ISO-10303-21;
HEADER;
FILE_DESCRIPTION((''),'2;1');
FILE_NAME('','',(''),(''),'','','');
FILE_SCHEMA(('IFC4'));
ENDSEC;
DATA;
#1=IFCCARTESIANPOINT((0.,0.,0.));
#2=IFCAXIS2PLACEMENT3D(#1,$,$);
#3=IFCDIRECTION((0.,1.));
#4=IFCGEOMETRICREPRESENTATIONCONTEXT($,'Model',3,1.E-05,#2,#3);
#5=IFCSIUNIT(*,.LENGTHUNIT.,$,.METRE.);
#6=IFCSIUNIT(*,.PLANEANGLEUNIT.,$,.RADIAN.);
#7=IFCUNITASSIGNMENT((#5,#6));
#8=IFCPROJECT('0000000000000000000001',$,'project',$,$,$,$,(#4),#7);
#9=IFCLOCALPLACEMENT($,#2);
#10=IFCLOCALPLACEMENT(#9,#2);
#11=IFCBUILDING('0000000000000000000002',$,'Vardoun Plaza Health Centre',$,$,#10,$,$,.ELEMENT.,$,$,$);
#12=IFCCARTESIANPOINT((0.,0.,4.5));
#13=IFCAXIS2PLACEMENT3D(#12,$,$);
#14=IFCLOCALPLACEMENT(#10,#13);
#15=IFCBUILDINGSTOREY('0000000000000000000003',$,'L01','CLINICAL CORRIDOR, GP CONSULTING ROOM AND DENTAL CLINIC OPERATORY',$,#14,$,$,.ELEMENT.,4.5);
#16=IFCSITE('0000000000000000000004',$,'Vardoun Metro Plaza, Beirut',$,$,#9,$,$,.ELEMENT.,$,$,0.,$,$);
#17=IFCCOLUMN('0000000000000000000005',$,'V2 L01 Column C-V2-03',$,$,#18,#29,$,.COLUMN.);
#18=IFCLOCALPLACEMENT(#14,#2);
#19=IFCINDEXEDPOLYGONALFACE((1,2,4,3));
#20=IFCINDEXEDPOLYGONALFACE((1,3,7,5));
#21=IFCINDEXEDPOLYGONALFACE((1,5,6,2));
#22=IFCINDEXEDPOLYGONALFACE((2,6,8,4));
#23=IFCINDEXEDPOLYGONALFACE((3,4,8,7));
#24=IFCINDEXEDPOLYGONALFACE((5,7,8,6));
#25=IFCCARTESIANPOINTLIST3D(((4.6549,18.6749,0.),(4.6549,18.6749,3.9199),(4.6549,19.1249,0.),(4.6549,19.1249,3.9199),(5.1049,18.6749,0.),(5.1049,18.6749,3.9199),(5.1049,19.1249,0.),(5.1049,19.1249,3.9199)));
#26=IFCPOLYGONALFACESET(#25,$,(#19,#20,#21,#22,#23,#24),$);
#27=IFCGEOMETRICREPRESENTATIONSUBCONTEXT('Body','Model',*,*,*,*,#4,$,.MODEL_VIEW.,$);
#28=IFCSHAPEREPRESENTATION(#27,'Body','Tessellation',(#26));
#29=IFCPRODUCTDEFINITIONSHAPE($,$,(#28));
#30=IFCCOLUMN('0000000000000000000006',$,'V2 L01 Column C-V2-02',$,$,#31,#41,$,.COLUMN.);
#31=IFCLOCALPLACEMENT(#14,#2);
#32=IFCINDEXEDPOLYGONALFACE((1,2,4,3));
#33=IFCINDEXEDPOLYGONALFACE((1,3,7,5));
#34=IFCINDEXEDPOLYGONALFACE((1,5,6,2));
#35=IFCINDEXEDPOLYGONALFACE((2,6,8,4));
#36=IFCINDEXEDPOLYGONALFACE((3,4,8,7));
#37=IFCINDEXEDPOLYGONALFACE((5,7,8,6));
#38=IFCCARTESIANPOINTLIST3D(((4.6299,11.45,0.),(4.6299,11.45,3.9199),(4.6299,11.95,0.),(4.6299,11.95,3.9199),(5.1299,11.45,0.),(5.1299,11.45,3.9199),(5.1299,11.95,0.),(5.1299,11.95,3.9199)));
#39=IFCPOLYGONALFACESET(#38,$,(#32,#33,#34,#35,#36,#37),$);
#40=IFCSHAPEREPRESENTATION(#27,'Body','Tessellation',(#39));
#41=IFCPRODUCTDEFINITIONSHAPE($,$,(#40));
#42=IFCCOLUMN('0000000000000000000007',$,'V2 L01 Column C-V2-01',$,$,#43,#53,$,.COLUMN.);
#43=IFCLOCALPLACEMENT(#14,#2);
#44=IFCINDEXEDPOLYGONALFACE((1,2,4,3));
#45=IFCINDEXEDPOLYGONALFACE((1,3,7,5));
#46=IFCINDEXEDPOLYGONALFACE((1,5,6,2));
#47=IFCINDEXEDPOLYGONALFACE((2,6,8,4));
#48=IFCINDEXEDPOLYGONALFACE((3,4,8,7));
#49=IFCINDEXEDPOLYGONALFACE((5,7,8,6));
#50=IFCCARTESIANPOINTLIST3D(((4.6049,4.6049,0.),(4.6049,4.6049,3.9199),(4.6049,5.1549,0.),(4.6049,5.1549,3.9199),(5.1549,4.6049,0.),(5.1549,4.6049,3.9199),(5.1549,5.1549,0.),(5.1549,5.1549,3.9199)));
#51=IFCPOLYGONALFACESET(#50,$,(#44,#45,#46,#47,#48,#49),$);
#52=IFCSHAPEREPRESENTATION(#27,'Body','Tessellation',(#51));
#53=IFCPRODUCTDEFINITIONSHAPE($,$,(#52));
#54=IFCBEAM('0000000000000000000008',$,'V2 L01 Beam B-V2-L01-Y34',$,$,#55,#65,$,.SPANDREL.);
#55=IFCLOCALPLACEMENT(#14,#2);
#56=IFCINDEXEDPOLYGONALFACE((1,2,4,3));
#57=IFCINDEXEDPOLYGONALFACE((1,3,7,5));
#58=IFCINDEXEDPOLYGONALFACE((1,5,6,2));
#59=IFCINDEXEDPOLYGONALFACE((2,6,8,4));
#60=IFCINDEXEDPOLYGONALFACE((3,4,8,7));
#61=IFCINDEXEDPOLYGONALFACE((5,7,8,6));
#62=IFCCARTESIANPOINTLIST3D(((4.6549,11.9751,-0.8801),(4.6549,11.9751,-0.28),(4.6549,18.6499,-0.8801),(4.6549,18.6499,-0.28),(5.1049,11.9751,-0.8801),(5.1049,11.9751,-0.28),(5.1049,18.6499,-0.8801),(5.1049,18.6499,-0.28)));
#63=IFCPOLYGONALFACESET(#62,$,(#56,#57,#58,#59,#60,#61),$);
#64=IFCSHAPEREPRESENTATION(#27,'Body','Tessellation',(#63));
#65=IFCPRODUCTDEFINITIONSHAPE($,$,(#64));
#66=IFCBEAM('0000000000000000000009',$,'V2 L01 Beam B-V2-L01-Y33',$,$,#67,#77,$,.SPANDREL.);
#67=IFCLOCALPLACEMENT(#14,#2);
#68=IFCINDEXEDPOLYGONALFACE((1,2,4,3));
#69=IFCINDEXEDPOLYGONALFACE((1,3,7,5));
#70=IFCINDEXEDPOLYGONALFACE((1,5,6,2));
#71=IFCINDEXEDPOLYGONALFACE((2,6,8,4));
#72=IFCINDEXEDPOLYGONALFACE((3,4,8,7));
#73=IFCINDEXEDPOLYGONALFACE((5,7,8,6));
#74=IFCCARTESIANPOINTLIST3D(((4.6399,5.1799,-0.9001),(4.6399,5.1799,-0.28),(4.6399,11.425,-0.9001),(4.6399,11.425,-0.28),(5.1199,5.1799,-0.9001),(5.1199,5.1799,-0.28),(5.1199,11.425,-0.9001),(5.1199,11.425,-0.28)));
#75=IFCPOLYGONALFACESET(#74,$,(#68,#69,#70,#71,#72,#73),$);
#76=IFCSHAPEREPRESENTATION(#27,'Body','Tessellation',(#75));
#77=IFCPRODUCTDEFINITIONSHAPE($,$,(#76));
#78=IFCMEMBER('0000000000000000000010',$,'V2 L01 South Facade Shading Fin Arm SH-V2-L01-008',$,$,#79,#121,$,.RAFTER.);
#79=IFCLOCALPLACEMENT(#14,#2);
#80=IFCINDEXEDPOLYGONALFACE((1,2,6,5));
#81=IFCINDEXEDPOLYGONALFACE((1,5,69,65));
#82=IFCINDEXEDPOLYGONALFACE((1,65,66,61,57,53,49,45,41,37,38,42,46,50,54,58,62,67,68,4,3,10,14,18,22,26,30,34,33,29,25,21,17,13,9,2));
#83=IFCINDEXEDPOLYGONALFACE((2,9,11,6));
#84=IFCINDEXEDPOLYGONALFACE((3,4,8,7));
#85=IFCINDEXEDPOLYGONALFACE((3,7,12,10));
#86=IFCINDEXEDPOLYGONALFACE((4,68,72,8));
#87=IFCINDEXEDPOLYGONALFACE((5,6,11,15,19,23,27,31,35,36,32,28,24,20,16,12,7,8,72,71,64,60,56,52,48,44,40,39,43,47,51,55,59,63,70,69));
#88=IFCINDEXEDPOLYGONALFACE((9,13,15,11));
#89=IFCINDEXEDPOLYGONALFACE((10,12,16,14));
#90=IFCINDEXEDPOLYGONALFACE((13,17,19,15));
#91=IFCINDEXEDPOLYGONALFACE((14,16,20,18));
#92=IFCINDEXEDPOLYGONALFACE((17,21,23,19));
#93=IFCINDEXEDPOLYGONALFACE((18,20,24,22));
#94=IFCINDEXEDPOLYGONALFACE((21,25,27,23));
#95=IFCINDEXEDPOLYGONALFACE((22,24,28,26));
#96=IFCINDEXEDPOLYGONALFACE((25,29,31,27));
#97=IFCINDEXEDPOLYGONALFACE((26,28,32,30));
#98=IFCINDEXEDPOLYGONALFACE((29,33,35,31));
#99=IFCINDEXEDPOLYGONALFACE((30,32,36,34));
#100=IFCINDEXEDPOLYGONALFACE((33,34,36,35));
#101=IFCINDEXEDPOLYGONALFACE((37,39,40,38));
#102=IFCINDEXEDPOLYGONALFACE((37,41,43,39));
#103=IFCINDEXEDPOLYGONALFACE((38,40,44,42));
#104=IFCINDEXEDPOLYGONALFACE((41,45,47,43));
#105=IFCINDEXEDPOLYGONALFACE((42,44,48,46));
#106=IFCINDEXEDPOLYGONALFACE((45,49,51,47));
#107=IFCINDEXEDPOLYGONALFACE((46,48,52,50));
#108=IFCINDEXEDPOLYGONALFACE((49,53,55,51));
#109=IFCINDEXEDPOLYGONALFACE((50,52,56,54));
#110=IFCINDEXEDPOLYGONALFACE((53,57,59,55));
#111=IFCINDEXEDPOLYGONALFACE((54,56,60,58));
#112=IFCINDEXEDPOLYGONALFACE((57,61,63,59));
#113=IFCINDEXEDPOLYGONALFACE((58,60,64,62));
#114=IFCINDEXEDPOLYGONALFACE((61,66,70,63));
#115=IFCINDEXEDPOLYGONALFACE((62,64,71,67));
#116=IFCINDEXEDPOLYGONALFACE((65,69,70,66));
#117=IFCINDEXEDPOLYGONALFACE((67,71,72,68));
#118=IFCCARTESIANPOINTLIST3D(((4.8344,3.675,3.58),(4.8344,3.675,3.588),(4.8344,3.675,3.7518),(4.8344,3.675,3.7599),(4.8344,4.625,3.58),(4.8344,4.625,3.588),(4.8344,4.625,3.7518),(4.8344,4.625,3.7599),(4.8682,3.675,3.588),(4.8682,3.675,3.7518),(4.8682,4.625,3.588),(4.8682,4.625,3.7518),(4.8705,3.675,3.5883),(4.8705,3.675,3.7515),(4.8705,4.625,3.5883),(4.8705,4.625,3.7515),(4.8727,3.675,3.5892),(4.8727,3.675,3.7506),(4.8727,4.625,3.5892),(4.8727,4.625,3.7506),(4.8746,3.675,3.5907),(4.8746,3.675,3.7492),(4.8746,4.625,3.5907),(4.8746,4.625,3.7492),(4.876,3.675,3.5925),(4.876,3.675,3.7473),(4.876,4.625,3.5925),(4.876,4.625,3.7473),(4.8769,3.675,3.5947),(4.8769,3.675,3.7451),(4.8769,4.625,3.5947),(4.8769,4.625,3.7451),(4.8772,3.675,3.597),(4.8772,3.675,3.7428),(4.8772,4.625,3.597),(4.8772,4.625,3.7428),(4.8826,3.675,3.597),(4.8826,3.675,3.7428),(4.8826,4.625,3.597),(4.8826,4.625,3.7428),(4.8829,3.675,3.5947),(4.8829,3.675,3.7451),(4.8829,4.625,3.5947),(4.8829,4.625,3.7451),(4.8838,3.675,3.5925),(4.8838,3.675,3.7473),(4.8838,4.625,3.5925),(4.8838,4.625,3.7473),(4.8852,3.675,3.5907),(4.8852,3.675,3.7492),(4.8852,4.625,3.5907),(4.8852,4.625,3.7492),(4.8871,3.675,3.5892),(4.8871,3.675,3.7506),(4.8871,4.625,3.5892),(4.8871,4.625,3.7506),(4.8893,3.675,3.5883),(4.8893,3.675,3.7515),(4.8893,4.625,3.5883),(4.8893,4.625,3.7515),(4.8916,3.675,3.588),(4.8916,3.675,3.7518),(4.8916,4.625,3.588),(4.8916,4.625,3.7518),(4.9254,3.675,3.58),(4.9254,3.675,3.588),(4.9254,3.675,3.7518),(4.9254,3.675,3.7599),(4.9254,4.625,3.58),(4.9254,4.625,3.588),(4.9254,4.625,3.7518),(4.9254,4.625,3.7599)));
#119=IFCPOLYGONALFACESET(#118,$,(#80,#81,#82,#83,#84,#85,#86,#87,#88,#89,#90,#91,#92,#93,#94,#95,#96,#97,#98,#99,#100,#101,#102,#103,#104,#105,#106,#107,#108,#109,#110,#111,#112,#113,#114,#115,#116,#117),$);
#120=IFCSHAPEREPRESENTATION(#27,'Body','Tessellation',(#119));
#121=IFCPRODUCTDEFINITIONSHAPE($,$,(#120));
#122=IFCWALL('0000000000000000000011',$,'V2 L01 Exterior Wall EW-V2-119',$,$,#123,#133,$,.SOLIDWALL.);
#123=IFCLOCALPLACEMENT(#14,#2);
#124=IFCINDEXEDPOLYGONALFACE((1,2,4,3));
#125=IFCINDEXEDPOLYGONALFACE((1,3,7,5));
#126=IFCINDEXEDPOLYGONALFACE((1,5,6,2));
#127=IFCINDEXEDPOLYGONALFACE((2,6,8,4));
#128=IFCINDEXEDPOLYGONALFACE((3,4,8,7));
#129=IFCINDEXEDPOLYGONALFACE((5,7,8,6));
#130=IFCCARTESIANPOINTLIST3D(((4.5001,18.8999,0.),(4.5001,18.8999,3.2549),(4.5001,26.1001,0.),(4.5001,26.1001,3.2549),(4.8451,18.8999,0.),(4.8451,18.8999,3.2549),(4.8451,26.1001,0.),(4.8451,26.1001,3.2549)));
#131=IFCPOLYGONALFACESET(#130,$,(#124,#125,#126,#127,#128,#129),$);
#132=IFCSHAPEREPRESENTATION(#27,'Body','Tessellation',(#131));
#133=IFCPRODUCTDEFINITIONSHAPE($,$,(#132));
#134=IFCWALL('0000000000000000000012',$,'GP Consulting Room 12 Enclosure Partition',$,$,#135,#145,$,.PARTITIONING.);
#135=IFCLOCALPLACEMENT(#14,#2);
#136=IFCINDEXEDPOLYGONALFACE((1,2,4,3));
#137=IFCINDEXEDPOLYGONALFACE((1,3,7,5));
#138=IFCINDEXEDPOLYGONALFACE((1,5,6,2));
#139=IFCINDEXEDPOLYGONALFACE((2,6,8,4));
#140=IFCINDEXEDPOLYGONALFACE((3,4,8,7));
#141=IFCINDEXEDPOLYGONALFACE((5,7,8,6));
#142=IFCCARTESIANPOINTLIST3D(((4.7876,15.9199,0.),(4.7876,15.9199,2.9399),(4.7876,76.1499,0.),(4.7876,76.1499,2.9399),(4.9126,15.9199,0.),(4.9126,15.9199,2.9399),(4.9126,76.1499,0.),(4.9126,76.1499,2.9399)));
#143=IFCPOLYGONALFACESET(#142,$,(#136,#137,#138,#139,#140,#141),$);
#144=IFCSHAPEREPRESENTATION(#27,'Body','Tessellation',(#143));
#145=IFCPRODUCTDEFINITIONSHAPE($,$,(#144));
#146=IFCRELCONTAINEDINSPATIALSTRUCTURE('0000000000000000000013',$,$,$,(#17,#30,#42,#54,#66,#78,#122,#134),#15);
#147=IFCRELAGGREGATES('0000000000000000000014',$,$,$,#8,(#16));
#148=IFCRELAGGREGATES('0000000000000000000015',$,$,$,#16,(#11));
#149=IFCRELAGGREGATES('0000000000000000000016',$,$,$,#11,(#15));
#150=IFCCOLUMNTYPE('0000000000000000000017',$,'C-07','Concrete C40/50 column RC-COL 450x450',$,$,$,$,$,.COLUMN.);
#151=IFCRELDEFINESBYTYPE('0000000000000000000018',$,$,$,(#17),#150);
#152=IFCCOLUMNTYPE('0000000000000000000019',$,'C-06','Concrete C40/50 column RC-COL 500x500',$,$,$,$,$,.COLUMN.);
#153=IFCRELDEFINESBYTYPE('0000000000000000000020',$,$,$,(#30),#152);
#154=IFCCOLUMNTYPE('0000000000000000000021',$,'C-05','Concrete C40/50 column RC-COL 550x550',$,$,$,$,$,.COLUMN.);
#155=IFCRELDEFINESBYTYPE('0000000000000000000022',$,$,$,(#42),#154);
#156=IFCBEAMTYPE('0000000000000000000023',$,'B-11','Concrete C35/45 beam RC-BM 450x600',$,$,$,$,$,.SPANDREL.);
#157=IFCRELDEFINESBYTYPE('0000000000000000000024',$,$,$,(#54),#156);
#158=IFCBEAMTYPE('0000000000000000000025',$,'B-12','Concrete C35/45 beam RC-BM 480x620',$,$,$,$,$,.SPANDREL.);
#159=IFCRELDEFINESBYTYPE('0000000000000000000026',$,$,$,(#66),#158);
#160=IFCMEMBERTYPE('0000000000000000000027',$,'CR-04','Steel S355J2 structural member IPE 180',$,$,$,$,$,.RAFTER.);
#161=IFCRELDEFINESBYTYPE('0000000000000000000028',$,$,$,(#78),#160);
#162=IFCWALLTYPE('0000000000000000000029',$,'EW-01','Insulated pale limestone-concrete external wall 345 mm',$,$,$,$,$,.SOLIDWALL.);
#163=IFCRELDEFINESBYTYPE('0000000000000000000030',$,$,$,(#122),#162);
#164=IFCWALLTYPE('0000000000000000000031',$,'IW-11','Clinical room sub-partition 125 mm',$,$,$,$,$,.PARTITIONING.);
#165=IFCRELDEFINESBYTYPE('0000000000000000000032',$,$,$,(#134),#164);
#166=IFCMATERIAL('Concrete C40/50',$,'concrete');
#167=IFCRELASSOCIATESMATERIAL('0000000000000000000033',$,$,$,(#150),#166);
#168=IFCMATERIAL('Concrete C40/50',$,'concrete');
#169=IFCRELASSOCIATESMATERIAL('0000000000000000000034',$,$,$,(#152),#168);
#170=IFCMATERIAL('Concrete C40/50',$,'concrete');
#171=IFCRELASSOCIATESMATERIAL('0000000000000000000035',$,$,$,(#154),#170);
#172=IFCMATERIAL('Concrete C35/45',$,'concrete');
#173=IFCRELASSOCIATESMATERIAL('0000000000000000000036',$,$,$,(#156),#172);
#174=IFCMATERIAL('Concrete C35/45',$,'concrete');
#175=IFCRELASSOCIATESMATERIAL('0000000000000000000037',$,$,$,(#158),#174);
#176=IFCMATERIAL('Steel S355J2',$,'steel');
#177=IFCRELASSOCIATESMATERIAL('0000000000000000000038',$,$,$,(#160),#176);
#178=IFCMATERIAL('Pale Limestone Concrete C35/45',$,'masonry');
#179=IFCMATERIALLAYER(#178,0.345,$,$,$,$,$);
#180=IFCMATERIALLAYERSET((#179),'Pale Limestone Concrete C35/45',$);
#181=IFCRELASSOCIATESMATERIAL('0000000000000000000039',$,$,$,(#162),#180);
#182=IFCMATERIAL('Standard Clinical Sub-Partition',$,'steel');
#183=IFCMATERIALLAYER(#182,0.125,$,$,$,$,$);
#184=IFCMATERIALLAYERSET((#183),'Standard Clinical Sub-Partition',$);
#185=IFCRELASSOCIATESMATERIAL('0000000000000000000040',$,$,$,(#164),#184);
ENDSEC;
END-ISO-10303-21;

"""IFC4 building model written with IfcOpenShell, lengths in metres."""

from ifc_helpers import new_model, si_unit, direction, frame, frame_2d, origin, origin_2d, place, context, subcontext, project, spatial, rectangle, i_section, extrude, material, layer, layer_set, material_profile, profile_set, type_object, element, save


model = new_model("IFC4")

# Units and contexts
model_context = context("Model", 3, precision=1e-05, world=origin(), true_north=direction((0.0, 1.0)))
body_context = subcontext(model_context, "Body", "Model", "MODEL_VIEW")
ifc_project = project(units=[si_unit("LENGTHUNIT", "METRE"), si_unit("PLANEANGLEUNIT", "RADIAN")], contexts=[model_context])

# Site, building, storey
site_placement = place(None, origin())
site = spatial("IfcSite", under=ifc_project, at=site_placement, Name="Vardoun Metro Plaza, Beirut", CompositionType="ELEMENT", RefElevation=0.0)
building_placement = place(site_placement, origin())
building = spatial("IfcBuilding", under=site, at=building_placement, Name="Vardoun Plaza Health Centre", CompositionType="ELEMENT")
storey_placement = place(building_placement, frame((0.0, 0.0, 4.5)))
storey = spatial("IfcBuildingStorey", under=building, at=storey_placement, Name="L01", Description="CLINICAL CORRIDOR, GP CONSULTING ROOM AND DENTAL CLINIC OPERATORY", CompositionType="ELEMENT", Elevation=4.5)

# Columns
ifc_material_1 = material(Name="Concrete C40/50", Category="concrete")
ifc_material_profile_1 = material_profile(ifc_material_1, rectangle(XDim=0.45, YDim=0.45, at=origin_2d()), Name="RC-COL 450x450")
ifc_profile_set_1 = profile_set([ifc_material_profile_1], Name="Concrete C40/50")
column_type_1 = type_object("IfcColumnType", Name="C-07", Description="Concrete C40/50 column RC-COL 450x450", PredefinedType="COLUMN", material=ifc_profile_set_1)
column_1_placement = place(storey_placement, frame((4.8799, 18.8999, 0.0), z_axis=(0.0, 0.0, 1.0), x_axis=(1.0, 0.0, 0.0)))
element("IfcColumn", 1, at=column_1_placement, inside=storey, type_object=column_type_1, Name="V2 L01 Column C-V2-03", PredefinedType="COLUMN", context=body_context, shape_type="SweptSolid", body=[
    extrude(rectangle(XDim=0.45, YDim=0.45, at=origin_2d()), origin(), (0.0, 0.0, 1.0), 3.9199),
])
ifc_material_2 = material(Name="Concrete C40/50", Category="concrete")
ifc_material_profile_2 = material_profile(ifc_material_2, rectangle(XDim=0.5, YDim=0.5, at=origin_2d()), Name="RC-COL 500x500")
ifc_profile_set_2 = profile_set([ifc_material_profile_2], Name="Concrete C40/50")
column_type_2 = type_object("IfcColumnType", Name="C-06", Description="Concrete C40/50 column RC-COL 500x500", PredefinedType="COLUMN", material=ifc_profile_set_2)
column_2_placement = place(storey_placement, frame((4.8799, 11.7, 0.0), z_axis=(0.0, 0.0, 1.0), x_axis=(1.0, 0.0, 0.0)))
element("IfcColumn", 2, at=column_2_placement, inside=storey, type_object=column_type_2, Name="V2 L01 Column C-V2-02", PredefinedType="COLUMN", context=body_context, shape_type="SweptSolid", body=[
    extrude(rectangle(XDim=0.5, YDim=0.5, at=origin_2d()), origin(), (0.0, 0.0, 1.0), 3.9199),
])
ifc_material_3 = material(Name="Concrete C40/50", Category="concrete")
ifc_material_profile_3 = material_profile(ifc_material_3, rectangle(XDim=0.55, YDim=0.55, at=origin_2d()), Name="RC-COL 550x550")
ifc_profile_set_3 = profile_set([ifc_material_profile_3], Name="Concrete C40/50")
column_type_3 = type_object("IfcColumnType", Name="C-05", Description="Concrete C40/50 column RC-COL 550x550", PredefinedType="COLUMN", material=ifc_profile_set_3)
column_3_placement = place(storey_placement, frame((4.8799, 4.8799, 0.0), z_axis=(0.0, 0.0, 1.0), x_axis=(1.0, 0.0, 0.0)))
element("IfcColumn", 3, at=column_3_placement, inside=storey, type_object=column_type_3, Name="V2 L01 Column C-V2-01", PredefinedType="COLUMN", context=body_context, shape_type="SweptSolid", body=[
    extrude(rectangle(XDim=0.55, YDim=0.55, at=origin_2d()), origin(), (0.0, 0.0, 1.0), 3.9199),
])

# Beams
ifc_material_4 = material(Name="Concrete C35/45", Category="concrete")
ifc_material_profile_4 = material_profile(ifc_material_4, rectangle(XDim=0.45, YDim=0.6001, at=origin_2d()), Name="RC-BM 450x600")
ifc_profile_set_4 = profile_set([ifc_material_profile_4], Name="Concrete C35/45")
beam_type_1 = type_object("IfcBeamType", Name="B-11", Description="Concrete C35/45 beam RC-BM 450x600", PredefinedType="SPANDREL", material=ifc_profile_set_4)
beam_1_placement = place(storey_placement, frame((4.8799, 11.9751, -0.5801), z_axis=(0.0, 1.0, 0.0), x_axis=(-1.0, 0.0, 0.0)))
element("IfcBeam", 4, at=beam_1_placement, inside=storey, type_object=beam_type_1, Name="V2 L01 Beam B-V2-L01-Y34", PredefinedType="SPANDREL", context=body_context, shape_type="SweptSolid", body=[
    extrude(rectangle(XDim=0.45, YDim=0.6001, at=origin_2d()), origin(), (0.0, 0.0, 1.0), 6.6748),
])
ifc_material_5 = material(Name="Concrete C35/45", Category="concrete")
ifc_material_profile_5 = material_profile(ifc_material_5, rectangle(XDim=0.48, YDim=0.6201, at=origin_2d()), Name="RC-BM 480x620")
ifc_profile_set_5 = profile_set([ifc_material_profile_5], Name="Concrete C35/45")
beam_type_2 = type_object("IfcBeamType", Name="B-12", Description="Concrete C35/45 beam RC-BM 480x620", PredefinedType="SPANDREL", material=ifc_profile_set_5)
beam_2_placement = place(storey_placement, frame((4.8799, 5.1799, -0.5901), z_axis=(0.0, 1.0, 0.0), x_axis=(-1.0, 0.0, 0.0)))
element("IfcBeam", 5, at=beam_2_placement, inside=storey, type_object=beam_type_2, Name="V2 L01 Beam B-V2-L01-Y33", PredefinedType="SPANDREL", context=body_context, shape_type="SweptSolid", body=[
    extrude(rectangle(XDim=0.48, YDim=0.6201, at=origin_2d()), origin(), (0.0, 0.0, 1.0), 6.2451),
])

# Member
ifc_material_6 = material(Name="Steel S355J2", Category="steel")
ifc_material_profile_6 = material_profile(ifc_material_6, i_section(OverallWidth=0.0911, OverallDepth=0.1799, WebThickness=0.0054, FlangeThickness=0.0081, FilletRadius=0.009, at=origin_2d()), Name="IPE 180")
ifc_profile_set_6 = profile_set([ifc_material_profile_6], Name="Steel S355J2")
member_type = type_object("IfcMemberType", Name="CR-04", Description="Steel S355J2 structural member IPE 180", PredefinedType="RAFTER", material=ifc_profile_set_6)
member_placement = place(storey_placement, frame((4.8799, 4.625, 3.6699), z_axis=(0.0, -1.0, 0.0), x_axis=(1.0, 0.0, 0.0)))
element("IfcMember", 6, at=member_placement, inside=storey, type_object=member_type, Name="V2 L01 South Facade Shading Fin Arm SH-V2-L01-008", PredefinedType="RAFTER", context=body_context, shape_type="SweptSolid", body=[
    extrude(i_section(OverallWidth=0.0911, OverallDepth=0.1799, WebThickness=0.0054, FlangeThickness=0.0081, FilletRadius=0.009, at=origin_2d()), origin(), (0.0, 0.0, 1.0), 0.95),
])

# Shared definitions
ifc_material_7 = material(Name="Pale Limestone Concrete C35/45", Category="masonry")
ifc_layer_1 = layer(ifc_material_7, 0.345)
ifc_layer_set_1 = layer_set([ifc_layer_1], Name="Pale Limestone Concrete C35/45")
wall_type_1 = type_object("IfcWallType", Name="EW-01", Description="Insulated pale limestone-concrete external wall 345 mm", PredefinedType="SOLIDWALL", material=ifc_layer_set_1)

# Walls
wall_1_placement = place(storey_placement, frame((4.6726, 18.8999, 0.0), z_axis=(0.0, 0.0, 1.0), x_axis=(0.0, 1.0, 0.0)))
element("IfcWall", 7, at=wall_1_placement, inside=storey, type_object=wall_type_1, Name="V2 L01 Exterior Wall EW-V2-119", PredefinedType="SOLIDWALL", context=body_context, shape_type="SweptSolid", body=[
    extrude(rectangle(XDim=7.2002, YDim=0.345, at=frame_2d((3.6001, 0.0))), origin(), (0.0, 0.0, 1.0), 3.2549),
])
ifc_material_8 = material(Name="Standard Clinical Sub-Partition", Category="steel")
ifc_layer_2 = layer(ifc_material_8, 0.125)
ifc_layer_set_2 = layer_set([ifc_layer_2], Name="Standard Clinical Sub-Partition")
wall_type_2 = type_object("IfcWallType", Name="IW-11", Description="Clinical room sub-partition 125 mm", PredefinedType="PARTITIONING", material=ifc_layer_set_2)
wall_2_placement = place(storey_placement, frame((4.8501, 15.9199, 0.0), z_axis=(0.0, 0.0, 1.0), x_axis=(0.0, 1.0, 0.0)))
element("IfcWall", 8, at=wall_2_placement, inside=storey, type_object=wall_type_2, Name="GP Consulting Room 12 Enclosure Partition", PredefinedType="PARTITIONING", context=body_context, shape_type="SweptSolid", body=[
    extrude(rectangle(XDim=60.23, YDim=0.125, at=frame_2d((30.115, 0.0))), origin(), (0.0, 0.0, 1.0), 2.9399),
])

save(model, "model.ifc")
